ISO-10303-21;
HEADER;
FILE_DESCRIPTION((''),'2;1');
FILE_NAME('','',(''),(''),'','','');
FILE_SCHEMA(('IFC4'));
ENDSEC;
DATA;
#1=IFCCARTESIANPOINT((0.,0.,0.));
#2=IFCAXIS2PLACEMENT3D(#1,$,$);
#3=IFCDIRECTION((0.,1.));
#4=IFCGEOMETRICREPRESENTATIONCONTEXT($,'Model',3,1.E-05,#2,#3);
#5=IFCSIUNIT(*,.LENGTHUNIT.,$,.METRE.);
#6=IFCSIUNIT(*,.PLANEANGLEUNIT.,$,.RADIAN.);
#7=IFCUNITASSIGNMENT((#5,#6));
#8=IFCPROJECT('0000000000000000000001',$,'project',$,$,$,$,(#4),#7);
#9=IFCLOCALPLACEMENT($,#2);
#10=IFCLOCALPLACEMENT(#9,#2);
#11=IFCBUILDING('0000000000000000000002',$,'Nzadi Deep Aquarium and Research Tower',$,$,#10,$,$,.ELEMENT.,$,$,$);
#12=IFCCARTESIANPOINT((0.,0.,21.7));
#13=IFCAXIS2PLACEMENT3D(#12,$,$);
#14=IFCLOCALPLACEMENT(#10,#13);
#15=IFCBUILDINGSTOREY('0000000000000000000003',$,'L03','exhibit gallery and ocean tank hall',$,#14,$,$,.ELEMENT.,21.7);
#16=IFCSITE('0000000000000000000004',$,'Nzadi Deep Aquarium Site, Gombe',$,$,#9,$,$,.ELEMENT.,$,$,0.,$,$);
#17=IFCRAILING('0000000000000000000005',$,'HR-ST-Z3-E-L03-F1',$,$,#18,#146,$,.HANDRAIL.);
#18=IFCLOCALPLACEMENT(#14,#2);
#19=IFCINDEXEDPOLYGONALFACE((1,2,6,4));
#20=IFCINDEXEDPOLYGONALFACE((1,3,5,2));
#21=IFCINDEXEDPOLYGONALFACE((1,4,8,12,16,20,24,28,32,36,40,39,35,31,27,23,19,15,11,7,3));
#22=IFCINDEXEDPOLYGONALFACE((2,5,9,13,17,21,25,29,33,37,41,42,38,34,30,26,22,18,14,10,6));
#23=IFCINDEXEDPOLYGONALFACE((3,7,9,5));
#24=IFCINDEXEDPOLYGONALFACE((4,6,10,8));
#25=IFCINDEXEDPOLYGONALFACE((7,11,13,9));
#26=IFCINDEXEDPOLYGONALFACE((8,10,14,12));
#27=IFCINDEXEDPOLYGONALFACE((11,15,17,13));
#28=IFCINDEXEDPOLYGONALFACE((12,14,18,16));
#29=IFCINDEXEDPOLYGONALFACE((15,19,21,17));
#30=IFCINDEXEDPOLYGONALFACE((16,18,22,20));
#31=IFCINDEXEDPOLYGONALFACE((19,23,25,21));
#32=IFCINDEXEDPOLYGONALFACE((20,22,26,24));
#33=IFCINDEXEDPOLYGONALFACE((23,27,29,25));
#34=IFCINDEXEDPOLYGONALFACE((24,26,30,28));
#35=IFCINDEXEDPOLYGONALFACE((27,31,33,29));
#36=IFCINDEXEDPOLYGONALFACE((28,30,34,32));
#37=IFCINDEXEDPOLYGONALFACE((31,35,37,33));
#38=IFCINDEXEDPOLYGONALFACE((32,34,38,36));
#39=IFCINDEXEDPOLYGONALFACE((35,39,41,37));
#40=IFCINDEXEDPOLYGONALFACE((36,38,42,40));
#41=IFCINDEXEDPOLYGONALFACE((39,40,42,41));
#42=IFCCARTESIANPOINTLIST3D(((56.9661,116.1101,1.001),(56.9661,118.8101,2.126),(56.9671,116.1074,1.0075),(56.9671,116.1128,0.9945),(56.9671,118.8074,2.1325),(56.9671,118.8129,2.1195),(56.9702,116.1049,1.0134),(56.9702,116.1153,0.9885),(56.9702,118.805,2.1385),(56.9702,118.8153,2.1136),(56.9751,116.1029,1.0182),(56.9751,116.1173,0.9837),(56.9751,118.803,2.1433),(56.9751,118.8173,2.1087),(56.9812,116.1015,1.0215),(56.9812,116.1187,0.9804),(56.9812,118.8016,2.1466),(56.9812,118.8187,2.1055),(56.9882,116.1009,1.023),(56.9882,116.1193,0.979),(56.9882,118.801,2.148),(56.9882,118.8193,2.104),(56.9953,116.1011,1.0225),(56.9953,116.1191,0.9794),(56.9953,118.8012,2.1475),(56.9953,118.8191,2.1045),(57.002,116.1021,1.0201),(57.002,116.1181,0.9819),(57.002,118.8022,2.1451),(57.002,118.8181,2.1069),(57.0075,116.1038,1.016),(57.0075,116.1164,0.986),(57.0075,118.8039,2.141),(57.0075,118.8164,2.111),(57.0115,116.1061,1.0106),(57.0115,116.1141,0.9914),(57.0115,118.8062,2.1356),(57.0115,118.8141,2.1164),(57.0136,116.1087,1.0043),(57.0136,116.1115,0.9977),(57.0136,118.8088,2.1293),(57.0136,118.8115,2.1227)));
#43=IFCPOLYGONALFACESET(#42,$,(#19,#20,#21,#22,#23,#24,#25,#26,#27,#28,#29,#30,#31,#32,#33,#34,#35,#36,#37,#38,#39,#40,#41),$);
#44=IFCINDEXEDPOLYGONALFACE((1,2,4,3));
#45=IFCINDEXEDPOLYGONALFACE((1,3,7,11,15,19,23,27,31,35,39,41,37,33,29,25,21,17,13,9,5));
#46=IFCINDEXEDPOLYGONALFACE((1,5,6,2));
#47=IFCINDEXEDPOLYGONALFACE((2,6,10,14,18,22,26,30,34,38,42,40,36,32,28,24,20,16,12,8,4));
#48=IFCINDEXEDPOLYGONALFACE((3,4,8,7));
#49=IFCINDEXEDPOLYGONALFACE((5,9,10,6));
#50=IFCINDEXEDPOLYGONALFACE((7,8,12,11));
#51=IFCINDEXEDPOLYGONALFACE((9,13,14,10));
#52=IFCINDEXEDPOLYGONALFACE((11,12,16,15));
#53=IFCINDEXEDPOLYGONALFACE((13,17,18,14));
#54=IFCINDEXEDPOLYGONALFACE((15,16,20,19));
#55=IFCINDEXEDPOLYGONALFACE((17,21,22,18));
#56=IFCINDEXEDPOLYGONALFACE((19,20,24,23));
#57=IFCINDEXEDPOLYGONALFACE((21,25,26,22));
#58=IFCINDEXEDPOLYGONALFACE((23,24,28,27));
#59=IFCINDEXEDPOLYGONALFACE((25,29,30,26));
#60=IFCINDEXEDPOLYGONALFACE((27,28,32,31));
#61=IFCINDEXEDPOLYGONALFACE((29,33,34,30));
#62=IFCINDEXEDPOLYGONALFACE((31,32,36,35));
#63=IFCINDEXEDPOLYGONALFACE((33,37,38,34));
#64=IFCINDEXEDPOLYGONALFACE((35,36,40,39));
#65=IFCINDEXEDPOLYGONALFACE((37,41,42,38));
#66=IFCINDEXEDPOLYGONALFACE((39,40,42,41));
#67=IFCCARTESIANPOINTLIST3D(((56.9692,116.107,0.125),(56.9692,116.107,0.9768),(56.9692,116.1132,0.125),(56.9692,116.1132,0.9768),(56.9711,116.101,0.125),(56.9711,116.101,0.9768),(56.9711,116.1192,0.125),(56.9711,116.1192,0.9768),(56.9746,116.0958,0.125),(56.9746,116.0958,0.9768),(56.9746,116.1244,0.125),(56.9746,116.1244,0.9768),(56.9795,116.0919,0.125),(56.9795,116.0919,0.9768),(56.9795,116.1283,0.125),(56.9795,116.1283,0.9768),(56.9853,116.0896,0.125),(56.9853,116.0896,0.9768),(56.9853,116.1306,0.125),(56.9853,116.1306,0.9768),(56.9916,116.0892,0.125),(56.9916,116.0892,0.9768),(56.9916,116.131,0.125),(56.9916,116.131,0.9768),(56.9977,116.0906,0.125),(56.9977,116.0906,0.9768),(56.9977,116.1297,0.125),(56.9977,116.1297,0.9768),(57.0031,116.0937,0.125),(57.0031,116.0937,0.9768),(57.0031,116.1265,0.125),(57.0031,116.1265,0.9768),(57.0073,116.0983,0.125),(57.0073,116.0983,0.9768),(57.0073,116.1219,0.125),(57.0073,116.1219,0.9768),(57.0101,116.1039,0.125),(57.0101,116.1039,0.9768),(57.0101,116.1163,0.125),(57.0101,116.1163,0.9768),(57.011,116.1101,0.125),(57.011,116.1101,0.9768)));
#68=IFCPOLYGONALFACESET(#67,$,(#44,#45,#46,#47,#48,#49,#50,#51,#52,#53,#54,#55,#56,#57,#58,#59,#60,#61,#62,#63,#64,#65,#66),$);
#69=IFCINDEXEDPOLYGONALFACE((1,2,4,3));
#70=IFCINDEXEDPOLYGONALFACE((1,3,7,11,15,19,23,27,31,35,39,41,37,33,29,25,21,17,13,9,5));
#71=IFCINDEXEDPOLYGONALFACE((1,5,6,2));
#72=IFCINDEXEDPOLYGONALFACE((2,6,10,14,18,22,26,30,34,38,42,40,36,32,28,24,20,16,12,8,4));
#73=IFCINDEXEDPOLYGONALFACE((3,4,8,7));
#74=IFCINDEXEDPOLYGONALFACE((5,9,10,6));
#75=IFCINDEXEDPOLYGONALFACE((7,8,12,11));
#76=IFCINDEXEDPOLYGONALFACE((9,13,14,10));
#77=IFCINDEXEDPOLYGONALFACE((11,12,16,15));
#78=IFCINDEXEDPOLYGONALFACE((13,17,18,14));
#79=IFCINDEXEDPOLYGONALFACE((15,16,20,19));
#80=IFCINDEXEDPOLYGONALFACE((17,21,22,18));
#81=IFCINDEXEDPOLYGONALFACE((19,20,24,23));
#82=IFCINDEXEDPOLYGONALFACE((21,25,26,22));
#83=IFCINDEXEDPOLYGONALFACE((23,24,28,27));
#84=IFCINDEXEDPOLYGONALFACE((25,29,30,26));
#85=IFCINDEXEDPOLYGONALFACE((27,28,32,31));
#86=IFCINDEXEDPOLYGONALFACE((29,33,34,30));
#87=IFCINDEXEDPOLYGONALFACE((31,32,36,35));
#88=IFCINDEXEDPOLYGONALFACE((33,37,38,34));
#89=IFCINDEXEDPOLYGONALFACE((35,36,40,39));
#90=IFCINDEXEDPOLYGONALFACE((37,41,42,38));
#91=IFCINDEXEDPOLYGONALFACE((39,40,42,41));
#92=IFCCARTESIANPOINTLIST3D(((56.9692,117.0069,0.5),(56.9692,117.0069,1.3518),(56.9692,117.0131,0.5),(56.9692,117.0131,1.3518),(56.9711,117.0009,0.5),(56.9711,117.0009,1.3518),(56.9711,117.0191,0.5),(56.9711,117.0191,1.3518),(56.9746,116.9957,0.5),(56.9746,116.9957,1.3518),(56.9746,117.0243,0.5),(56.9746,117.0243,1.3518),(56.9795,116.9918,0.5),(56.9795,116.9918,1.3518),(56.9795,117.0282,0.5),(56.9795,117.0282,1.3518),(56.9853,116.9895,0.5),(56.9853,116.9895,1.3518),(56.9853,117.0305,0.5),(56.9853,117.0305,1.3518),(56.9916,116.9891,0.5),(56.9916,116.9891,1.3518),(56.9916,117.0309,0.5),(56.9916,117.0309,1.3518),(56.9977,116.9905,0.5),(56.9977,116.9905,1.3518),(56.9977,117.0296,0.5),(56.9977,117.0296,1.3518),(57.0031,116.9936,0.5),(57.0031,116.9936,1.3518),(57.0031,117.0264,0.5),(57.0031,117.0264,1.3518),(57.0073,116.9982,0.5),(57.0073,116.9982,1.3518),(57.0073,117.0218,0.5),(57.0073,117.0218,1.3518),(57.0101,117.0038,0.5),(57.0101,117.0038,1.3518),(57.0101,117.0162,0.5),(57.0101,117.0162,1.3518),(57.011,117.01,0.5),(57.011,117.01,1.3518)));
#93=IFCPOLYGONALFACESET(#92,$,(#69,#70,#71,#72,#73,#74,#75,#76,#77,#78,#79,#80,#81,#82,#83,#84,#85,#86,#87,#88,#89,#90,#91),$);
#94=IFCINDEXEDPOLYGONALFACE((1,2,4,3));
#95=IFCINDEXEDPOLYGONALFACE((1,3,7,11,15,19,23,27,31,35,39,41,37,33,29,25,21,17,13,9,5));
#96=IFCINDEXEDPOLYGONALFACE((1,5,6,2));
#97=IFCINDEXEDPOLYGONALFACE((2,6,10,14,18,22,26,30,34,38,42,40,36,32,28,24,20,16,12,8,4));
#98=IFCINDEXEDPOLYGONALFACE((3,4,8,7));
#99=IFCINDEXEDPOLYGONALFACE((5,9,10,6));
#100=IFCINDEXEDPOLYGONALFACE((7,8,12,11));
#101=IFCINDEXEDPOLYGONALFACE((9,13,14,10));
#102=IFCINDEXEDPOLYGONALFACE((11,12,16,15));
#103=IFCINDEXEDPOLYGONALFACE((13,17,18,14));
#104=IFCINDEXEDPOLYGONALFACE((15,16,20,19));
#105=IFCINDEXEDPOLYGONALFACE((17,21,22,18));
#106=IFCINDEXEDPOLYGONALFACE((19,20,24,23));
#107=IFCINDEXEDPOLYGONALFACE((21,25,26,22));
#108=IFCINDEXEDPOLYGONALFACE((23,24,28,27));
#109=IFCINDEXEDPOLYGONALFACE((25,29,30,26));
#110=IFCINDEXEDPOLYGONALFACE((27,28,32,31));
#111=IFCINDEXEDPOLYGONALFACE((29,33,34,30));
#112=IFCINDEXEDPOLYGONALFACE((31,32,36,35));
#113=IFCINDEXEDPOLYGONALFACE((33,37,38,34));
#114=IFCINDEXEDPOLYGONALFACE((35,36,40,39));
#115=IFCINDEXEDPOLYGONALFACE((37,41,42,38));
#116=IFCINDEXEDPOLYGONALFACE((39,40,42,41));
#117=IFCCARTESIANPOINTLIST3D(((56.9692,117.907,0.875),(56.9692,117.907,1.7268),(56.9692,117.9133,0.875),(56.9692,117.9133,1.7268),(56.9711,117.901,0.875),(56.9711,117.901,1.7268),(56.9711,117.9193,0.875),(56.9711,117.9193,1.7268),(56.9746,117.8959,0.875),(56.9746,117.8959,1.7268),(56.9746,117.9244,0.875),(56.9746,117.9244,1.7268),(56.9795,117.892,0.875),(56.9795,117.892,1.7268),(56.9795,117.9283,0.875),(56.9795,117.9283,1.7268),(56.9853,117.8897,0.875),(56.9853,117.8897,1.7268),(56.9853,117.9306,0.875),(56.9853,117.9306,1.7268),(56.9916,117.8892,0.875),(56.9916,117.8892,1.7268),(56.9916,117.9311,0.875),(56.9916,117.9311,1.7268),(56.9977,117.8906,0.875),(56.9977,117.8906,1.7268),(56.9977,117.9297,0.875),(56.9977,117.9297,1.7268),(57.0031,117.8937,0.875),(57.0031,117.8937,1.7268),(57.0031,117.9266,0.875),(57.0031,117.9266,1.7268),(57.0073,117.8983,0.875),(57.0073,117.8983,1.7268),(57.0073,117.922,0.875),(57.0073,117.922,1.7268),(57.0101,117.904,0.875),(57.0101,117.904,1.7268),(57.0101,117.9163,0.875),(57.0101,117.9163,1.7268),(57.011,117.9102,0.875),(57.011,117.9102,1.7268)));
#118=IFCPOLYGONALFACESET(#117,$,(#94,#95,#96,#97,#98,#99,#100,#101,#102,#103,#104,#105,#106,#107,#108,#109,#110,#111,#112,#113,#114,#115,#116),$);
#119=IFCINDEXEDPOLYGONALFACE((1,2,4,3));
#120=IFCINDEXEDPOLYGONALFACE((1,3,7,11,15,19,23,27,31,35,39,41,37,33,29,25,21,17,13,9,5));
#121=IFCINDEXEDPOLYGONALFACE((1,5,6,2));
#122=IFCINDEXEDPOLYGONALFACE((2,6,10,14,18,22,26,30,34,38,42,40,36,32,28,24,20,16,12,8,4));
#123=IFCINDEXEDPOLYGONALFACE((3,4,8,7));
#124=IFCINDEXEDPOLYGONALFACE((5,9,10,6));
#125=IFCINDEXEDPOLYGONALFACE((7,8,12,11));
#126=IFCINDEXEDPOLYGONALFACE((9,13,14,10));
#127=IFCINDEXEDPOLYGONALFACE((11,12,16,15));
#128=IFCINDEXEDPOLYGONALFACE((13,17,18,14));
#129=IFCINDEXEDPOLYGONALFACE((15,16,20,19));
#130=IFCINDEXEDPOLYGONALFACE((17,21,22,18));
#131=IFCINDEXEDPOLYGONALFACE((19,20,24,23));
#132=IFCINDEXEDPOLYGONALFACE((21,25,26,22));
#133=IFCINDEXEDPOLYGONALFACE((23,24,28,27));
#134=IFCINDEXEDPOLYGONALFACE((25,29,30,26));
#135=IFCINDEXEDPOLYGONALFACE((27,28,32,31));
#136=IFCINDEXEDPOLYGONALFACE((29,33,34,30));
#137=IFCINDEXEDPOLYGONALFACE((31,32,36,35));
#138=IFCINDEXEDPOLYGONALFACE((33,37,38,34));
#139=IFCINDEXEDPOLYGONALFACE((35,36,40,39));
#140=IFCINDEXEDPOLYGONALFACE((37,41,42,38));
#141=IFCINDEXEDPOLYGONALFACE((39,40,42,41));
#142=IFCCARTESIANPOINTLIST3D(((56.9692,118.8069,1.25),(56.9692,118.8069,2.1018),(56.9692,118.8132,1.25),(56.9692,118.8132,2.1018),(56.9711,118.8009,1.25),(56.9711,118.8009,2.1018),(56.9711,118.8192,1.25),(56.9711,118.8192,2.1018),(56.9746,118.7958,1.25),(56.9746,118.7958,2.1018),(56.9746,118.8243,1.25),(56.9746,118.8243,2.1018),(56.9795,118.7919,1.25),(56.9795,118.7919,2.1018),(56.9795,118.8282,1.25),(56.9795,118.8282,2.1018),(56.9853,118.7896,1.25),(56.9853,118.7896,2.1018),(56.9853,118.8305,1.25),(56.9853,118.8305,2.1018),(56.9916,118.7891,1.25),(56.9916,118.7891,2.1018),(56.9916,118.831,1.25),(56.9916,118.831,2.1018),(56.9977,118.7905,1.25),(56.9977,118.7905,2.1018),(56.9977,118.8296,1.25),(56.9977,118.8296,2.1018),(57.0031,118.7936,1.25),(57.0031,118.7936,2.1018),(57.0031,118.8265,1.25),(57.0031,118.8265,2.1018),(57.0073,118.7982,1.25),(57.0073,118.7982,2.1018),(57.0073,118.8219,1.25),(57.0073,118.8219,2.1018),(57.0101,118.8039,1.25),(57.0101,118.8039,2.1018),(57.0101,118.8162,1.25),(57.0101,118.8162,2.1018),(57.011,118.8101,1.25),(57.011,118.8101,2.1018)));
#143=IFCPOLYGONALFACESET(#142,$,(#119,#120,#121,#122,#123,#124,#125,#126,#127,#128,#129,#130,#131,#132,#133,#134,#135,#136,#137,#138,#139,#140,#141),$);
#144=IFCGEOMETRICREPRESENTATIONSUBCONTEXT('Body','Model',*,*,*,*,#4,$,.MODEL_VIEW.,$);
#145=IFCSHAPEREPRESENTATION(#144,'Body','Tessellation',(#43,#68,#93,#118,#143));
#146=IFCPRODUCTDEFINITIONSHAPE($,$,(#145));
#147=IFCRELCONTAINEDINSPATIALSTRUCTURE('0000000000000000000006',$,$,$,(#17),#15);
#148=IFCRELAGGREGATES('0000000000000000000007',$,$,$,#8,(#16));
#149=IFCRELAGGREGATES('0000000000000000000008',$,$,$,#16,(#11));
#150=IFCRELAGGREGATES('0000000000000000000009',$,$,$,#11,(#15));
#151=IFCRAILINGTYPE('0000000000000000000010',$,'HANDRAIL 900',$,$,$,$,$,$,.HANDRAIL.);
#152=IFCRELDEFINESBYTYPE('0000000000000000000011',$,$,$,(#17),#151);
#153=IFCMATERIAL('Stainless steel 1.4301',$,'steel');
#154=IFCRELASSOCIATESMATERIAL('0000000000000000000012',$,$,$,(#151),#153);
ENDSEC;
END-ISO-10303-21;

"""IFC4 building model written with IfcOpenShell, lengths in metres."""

from ifc_helpers import new_model, si_unit, direction, frame, origin, origin_2d, place, context, subcontext, project, spatial, circle, extrude, material, type_object, element, save


model = new_model("IFC4")

# Units and contexts
model_context = context("Model", 3, precision=1e-05, world=origin(), true_north=direction((0.0, 1.0)))
body_context = subcontext(model_context, "Body", "Model", "MODEL_VIEW")
ifc_project = project(units=[si_unit("LENGTHUNIT", "METRE"), si_unit("PLANEANGLEUNIT", "RADIAN")], contexts=[model_context])

# Site, building, storey
site_placement = place(None, origin())
site = spatial("IfcSite", under=ifc_project, at=site_placement, Name="Nzadi Deep Aquarium Site, Gombe", CompositionType="ELEMENT", RefElevation=0.0)
building_placement = place(site_placement, origin())
building = spatial("IfcBuilding", under=site, at=building_placement, Name="Nzadi Deep Aquarium and Research Tower", CompositionType="ELEMENT")
storey_placement = place(building_placement, frame((0.0, 0.0, 21.7)))
storey = spatial("IfcBuildingStorey", under=building, at=storey_placement, Name="L03", Description="exhibit gallery and ocean tank hall", CompositionType="ELEMENT", Elevation=21.7)

# Railing
ifc_material_1 = material(Name="Stainless steel 1.4301", Category="steel")
railing_type = type_object("IfcRailingType", Name="HANDRAIL 900", PredefinedType="HANDRAIL", material=ifc_material_1)
railing_1_placement = place(storey_placement, frame((56.99, 116.1101, 0.125)))
element("IfcRailing", 1, at=railing_1_placement, inside=storey, type_object=railing_type, Name="HR-ST-Z3-E-L03-F1", PredefinedType="HANDRAIL", context=body_context, shape_type="SweptSolid", body=[
    extrude(circle(Radius=0.0239, at=origin_2d()), frame((0.0, 0.0, 0.876), z_axis=(0.0, 0.923074, 0.384621), x_axis=(-1.0, 0.0, 0.0)), (0.0, 0.0, 1.0), 2.925),
    extrude(circle(Radius=0.021, at=origin_2d()), origin(), (0.0, 0.0, 1.0), 0.8518),
    extrude(circle(Radius=0.021, at=origin_2d()), frame((0.0, 0.8999, 0.375)), (0.0, 0.0, 1.0), 0.8518),
    extrude(circle(Radius=0.021, at=origin_2d()), frame((0.0, 1.8, 0.75)), (0.0, 0.0, 1.0), 0.8518),
    extrude(circle(Radius=0.021, at=origin_2d()), frame((0.0, 2.7, 1.125)), (0.0, 0.0, 1.0), 0.8518),
])

save(model, "model.ifc")
